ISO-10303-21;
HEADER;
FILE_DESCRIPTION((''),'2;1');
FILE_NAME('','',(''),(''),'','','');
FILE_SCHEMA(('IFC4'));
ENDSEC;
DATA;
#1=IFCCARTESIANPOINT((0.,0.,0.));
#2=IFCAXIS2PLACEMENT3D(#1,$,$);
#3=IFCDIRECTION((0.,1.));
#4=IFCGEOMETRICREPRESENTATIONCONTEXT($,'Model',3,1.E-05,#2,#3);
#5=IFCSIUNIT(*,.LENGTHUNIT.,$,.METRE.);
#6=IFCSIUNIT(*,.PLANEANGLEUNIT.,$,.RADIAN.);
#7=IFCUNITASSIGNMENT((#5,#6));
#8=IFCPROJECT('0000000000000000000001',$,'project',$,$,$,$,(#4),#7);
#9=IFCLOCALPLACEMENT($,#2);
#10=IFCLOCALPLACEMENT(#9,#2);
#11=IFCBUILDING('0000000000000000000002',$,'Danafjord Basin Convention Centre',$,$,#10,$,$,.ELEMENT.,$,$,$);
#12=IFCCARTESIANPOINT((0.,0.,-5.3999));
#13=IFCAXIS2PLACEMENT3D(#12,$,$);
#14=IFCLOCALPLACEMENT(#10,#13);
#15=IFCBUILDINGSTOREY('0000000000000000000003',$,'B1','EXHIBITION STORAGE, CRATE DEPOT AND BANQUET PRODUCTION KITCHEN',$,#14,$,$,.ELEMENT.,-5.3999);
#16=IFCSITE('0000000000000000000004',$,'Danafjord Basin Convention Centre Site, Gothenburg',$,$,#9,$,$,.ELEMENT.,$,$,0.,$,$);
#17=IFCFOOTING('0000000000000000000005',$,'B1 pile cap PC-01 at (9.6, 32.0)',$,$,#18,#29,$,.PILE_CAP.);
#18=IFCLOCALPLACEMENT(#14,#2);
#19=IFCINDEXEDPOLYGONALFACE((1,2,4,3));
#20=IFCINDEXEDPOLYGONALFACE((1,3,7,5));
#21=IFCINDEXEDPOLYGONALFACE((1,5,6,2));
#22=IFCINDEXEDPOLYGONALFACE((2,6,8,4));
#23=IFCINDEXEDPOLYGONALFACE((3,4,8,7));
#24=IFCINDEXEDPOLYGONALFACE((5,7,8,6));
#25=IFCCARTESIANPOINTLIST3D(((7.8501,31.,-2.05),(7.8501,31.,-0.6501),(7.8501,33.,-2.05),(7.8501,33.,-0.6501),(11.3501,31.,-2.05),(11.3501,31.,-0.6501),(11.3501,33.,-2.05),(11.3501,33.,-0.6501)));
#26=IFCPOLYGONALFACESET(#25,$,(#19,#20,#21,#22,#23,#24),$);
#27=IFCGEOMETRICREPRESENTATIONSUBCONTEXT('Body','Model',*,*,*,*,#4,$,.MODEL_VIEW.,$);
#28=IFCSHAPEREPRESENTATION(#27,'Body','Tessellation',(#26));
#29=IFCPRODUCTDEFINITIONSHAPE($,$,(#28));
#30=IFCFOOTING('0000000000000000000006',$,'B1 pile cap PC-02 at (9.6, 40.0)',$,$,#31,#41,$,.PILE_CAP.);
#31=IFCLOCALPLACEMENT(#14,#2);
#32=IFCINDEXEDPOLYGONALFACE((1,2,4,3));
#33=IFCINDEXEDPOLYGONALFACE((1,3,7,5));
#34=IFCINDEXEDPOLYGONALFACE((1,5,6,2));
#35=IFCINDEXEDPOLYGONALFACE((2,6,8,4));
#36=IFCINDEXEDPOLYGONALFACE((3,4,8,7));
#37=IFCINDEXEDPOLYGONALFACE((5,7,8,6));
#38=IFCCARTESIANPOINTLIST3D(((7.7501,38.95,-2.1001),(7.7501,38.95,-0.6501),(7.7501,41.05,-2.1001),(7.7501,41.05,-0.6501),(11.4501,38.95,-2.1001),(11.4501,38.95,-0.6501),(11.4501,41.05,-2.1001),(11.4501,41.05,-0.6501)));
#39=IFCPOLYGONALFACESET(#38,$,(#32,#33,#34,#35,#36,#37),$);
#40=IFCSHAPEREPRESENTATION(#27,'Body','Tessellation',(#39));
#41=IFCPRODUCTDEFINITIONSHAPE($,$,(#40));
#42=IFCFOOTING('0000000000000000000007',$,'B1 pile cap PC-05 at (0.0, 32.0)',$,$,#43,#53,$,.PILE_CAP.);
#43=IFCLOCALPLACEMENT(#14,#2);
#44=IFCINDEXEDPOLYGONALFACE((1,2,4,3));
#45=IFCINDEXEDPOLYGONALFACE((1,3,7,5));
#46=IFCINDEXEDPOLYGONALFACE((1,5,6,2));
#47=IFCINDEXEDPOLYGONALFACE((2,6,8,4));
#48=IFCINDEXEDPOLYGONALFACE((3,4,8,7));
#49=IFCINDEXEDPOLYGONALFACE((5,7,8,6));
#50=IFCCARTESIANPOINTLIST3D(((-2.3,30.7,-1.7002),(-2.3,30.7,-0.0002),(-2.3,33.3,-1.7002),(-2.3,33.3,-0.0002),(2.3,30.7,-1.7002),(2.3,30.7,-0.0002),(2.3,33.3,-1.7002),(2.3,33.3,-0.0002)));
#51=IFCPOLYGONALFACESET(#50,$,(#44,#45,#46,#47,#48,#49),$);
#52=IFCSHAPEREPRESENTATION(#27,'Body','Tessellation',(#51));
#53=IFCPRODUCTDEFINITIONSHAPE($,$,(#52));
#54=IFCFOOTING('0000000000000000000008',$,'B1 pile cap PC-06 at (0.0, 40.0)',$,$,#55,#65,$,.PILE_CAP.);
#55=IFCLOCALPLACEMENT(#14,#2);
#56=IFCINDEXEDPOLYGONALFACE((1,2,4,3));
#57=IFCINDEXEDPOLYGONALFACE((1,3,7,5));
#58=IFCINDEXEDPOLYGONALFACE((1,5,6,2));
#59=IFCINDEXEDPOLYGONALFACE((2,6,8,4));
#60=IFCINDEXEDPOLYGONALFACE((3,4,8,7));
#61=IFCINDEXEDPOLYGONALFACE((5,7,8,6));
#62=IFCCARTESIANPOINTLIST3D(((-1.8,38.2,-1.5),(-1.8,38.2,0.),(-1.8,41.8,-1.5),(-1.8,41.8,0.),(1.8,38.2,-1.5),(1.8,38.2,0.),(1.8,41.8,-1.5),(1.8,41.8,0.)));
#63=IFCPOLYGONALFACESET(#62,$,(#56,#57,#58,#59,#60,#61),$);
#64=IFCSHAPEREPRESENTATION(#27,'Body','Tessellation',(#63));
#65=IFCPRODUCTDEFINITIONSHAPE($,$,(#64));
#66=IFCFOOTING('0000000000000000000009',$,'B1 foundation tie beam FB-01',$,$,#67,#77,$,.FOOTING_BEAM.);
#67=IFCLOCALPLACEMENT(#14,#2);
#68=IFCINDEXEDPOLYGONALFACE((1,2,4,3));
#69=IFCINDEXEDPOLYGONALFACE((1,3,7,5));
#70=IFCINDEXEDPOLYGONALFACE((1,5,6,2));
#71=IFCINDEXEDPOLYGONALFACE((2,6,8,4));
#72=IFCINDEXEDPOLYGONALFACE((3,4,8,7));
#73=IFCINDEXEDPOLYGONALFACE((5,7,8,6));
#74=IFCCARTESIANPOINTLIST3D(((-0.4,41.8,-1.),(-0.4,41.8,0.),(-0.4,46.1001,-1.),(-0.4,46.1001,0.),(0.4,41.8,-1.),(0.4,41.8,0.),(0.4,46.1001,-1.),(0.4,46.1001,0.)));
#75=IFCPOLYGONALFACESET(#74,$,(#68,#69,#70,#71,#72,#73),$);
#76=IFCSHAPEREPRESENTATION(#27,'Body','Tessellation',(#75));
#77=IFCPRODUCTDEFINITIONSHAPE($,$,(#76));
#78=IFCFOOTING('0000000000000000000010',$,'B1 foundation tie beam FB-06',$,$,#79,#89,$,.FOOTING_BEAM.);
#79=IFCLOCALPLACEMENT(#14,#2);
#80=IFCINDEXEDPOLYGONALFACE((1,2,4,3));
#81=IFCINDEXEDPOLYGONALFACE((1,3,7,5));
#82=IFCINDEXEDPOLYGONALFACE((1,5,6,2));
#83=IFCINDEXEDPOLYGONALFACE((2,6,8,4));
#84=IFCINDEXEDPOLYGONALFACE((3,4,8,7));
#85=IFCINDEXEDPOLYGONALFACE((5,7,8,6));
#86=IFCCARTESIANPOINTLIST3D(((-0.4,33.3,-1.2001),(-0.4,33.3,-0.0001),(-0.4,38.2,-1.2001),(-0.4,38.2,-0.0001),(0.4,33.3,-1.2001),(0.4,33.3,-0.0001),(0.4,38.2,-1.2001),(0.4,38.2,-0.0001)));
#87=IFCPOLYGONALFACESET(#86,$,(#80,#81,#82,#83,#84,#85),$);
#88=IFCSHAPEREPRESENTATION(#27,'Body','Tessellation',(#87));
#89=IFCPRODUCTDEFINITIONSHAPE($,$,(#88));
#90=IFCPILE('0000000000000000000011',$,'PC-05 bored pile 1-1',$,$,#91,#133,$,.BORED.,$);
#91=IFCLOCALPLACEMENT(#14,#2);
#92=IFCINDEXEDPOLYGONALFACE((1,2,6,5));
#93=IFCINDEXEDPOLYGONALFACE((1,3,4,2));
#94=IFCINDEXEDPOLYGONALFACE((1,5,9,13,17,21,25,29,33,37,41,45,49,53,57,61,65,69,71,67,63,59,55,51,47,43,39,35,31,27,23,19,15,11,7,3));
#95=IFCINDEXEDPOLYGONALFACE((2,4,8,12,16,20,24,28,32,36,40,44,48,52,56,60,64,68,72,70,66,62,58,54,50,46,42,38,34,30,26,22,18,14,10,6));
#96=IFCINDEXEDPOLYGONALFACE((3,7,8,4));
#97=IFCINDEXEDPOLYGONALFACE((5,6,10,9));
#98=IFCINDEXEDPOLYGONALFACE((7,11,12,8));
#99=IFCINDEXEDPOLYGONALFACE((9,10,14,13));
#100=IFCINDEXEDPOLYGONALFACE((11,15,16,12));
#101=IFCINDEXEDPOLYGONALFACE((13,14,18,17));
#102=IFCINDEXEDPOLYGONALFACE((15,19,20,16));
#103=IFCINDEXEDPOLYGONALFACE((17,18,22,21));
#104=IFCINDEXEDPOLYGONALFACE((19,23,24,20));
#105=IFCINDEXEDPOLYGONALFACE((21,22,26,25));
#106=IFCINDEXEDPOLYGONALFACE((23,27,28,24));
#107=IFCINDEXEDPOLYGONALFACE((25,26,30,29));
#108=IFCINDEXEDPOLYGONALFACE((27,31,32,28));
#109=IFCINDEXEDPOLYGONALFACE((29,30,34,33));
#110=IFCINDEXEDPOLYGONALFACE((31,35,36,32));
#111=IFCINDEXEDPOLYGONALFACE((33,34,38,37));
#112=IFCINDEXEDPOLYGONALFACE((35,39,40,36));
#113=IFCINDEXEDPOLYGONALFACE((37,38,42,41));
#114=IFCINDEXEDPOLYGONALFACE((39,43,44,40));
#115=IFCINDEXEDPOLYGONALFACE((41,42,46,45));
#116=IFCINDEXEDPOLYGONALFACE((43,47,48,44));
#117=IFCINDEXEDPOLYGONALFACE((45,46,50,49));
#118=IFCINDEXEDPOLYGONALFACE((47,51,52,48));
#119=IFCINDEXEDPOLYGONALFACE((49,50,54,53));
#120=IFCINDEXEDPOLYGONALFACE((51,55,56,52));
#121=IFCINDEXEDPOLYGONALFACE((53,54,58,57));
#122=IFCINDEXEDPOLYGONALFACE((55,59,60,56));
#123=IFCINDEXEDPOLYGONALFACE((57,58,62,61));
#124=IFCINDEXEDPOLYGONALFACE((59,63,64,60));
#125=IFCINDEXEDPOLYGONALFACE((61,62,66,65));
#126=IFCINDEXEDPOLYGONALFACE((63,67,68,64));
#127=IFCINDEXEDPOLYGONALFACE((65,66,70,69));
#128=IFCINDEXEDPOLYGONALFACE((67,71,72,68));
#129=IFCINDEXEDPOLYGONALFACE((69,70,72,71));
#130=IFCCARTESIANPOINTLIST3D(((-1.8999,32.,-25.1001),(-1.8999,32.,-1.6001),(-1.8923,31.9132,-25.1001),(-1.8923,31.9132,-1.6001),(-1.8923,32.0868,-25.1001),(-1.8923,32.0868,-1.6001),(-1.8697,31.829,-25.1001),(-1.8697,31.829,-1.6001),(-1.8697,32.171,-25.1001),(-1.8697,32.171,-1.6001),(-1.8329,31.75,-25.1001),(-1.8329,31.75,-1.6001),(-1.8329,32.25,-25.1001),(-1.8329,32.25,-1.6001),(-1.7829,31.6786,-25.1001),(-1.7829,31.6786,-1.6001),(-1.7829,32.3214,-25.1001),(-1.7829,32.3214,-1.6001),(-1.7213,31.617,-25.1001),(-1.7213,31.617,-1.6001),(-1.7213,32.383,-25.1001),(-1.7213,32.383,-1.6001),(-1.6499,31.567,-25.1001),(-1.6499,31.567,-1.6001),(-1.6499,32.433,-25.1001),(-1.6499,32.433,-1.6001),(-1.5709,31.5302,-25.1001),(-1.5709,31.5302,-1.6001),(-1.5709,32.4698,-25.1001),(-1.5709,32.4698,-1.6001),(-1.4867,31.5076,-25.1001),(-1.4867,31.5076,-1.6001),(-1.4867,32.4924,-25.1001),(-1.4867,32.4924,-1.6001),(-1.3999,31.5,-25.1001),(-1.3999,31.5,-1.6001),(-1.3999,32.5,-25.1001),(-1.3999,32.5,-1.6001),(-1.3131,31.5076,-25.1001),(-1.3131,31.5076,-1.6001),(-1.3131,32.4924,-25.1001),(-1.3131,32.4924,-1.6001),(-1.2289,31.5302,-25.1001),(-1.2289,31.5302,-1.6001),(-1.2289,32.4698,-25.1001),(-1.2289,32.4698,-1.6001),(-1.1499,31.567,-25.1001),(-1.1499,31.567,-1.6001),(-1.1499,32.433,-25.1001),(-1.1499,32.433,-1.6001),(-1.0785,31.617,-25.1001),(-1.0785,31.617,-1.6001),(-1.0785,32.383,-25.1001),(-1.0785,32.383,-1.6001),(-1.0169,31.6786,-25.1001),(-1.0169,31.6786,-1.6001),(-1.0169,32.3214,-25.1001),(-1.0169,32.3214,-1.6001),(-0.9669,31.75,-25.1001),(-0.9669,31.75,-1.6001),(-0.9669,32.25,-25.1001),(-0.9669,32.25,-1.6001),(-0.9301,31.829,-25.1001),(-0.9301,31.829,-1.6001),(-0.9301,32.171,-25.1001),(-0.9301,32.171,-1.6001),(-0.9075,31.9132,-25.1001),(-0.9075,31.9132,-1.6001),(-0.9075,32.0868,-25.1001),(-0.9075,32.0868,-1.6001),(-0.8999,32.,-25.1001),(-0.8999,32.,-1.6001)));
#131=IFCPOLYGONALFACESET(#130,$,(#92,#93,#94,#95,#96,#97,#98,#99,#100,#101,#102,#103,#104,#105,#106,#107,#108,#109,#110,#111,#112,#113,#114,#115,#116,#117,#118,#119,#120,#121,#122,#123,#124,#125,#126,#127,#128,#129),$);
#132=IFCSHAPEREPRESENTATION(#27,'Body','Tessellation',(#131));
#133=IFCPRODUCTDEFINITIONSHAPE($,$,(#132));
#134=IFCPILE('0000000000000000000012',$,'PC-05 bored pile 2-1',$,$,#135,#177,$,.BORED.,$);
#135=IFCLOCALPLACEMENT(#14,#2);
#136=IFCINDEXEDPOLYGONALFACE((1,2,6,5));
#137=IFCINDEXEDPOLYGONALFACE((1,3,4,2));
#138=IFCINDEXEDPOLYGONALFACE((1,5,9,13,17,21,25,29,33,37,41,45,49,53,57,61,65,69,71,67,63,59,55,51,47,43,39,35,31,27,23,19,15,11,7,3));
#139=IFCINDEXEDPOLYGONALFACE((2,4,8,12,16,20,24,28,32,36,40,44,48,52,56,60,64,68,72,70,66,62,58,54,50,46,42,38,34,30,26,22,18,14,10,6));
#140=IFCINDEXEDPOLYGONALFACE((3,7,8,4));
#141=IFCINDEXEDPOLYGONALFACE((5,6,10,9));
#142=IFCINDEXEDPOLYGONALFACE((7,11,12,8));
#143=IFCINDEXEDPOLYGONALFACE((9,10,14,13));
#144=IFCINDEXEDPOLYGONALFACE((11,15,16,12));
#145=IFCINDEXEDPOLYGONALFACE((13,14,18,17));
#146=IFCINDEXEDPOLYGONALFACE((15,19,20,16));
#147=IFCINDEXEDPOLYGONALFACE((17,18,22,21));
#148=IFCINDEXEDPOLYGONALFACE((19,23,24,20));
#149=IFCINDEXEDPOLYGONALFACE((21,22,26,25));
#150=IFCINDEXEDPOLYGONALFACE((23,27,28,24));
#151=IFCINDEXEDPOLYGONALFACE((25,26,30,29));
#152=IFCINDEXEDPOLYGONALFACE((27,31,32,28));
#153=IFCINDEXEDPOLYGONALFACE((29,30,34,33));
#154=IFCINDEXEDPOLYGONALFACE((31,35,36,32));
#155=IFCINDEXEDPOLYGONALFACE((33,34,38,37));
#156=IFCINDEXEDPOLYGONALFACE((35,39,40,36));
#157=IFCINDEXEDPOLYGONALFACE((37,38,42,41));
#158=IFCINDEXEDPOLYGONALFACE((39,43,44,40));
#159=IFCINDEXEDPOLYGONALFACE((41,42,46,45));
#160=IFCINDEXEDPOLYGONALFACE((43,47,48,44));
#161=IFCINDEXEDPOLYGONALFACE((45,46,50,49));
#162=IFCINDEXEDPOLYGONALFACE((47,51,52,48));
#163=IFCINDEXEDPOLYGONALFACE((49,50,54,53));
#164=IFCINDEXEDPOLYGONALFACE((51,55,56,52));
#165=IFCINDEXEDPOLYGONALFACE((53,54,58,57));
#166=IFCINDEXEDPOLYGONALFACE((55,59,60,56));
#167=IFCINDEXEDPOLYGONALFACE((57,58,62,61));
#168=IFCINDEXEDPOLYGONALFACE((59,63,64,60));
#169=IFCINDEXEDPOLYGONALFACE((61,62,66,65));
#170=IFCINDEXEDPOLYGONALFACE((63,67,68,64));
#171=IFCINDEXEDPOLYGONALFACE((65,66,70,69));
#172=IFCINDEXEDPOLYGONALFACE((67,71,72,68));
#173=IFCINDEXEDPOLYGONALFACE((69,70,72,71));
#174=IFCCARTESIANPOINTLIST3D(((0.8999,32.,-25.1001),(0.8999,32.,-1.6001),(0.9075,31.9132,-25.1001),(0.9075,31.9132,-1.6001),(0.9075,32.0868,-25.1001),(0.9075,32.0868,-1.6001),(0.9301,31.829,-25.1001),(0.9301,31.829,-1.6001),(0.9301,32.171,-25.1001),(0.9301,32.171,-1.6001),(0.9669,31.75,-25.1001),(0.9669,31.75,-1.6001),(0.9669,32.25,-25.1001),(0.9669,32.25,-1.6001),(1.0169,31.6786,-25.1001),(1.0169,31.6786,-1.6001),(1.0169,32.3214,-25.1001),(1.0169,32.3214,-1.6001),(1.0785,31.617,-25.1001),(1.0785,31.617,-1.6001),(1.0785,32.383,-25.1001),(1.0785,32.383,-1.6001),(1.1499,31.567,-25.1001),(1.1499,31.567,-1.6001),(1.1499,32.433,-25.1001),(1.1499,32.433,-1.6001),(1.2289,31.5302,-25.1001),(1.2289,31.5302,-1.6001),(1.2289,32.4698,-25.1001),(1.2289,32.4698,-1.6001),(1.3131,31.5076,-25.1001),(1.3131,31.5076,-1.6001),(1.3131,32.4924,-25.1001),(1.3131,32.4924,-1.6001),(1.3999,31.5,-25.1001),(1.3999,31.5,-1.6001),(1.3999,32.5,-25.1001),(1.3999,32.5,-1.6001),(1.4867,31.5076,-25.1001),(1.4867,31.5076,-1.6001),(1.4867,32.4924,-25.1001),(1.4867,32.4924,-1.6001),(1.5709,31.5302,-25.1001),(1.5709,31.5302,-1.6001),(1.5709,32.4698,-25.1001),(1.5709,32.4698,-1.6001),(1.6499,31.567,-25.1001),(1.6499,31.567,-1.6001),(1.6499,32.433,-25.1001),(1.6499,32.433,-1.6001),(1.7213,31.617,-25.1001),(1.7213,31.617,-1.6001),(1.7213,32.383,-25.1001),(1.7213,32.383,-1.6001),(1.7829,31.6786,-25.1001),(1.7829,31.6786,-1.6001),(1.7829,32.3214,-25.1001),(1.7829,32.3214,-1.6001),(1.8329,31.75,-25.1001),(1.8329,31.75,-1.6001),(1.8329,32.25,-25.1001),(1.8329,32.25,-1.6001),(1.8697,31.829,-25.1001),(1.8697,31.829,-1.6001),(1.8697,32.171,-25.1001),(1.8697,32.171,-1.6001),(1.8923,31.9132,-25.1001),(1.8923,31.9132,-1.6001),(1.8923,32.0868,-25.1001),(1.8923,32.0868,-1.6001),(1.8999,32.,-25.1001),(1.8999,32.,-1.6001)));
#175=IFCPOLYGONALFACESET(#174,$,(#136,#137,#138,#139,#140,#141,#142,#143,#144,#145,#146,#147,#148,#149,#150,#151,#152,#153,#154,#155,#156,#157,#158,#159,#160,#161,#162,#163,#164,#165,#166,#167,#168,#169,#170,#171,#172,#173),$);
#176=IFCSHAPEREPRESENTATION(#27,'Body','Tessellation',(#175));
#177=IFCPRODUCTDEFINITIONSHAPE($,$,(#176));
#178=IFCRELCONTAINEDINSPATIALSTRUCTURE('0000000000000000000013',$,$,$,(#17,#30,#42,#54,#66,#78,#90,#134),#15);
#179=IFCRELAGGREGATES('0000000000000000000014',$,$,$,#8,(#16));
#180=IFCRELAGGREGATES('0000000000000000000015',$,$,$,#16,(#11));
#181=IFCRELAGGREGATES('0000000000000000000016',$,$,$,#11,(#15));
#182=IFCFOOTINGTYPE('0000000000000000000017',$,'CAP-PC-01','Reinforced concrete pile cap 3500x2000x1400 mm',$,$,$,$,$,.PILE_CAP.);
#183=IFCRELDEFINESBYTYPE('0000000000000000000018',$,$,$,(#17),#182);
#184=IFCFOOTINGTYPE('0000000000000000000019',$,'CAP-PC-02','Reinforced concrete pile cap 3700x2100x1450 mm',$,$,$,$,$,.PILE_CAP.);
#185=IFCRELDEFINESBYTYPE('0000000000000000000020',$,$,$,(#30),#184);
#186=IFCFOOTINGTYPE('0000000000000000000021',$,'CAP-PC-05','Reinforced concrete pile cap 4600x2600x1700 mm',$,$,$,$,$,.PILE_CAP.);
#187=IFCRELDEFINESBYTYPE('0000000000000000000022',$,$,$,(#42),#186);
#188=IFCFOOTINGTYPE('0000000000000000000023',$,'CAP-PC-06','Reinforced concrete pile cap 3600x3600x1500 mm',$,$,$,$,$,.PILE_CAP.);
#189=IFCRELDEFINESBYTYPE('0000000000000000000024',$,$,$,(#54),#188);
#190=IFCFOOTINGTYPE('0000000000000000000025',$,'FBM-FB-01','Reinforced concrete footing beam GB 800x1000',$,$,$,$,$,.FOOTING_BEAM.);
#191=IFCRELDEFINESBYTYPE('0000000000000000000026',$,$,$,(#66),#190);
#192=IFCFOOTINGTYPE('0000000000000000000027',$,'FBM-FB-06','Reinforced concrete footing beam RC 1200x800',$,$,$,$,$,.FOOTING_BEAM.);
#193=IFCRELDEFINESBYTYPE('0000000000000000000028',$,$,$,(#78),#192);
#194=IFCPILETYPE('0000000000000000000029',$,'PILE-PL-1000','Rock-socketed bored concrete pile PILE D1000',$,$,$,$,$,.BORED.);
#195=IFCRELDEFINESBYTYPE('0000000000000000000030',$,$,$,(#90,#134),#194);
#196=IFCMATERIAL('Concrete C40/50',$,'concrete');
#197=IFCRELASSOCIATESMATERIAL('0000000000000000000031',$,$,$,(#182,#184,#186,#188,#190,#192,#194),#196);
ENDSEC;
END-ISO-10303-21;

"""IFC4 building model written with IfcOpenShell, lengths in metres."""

from ifc_helpers import new_model, si_unit, direction, frame, origin, origin_2d, place, context, subcontext, project, spatial, rectangle, circle, extrude, material, material_profile, profile_set, type_object, element, save


model = new_model("IFC4")

# Units and contexts
model_context = context("Model", 3, precision=1e-05, world=origin(), true_north=direction((0.0, 1.0)))
body_context = subcontext(model_context, "Body", "Model", "MODEL_VIEW")
ifc_project = project(units=[si_unit("LENGTHUNIT", "METRE"), si_unit("PLANEANGLEUNIT", "RADIAN")], contexts=[model_context])

# Site, building, storey
site_placement = place(None, origin())
site = spatial("IfcSite", under=ifc_project, at=site_placement, Name="Danafjord Basin Convention Centre Site, Gothenburg", CompositionType="ELEMENT", RefElevation=0.0)
building_placement = place(site_placement, origin())
building = spatial("IfcBuilding", under=site, at=building_placement, Name="Danafjord Basin Convention Centre", CompositionType="ELEMENT")
storey_placement = place(building_placement, frame((0.0, 0.0, -5.3999)))
storey = spatial("IfcBuildingStorey", under=building, at=storey_placement, Name="B1", Description="EXHIBITION STORAGE, CRATE DEPOT AND BANQUET PRODUCTION KITCHEN", CompositionType="ELEMENT", Elevation=-5.3999)

# Footings
ifc_material_1 = material(Name="Concrete C40/50", Category="concrete")
footing_type_1 = type_object("IfcFootingType", Name="CAP-PC-01", Description="Reinforced concrete pile cap 3500x2000x1400 mm", PredefinedType="PILE_CAP", material=ifc_material_1)
footing_1_placement = place(storey_placement, frame((9.6001, 32.0, -2.05), z_axis=(0.0, 0.0, 1.0), x_axis=(1.0, 0.0, 0.0)))
element("IfcFooting", 1, at=footing_1_placement, inside=storey, type_object=footing_type_1, Name="B1 pile cap PC-01 at (9.6, 32.0)", PredefinedType="PILE_CAP", context=body_context, shape_type="SweptSolid", body=[
    extrude(rectangle(XDim=3.5, YDim=2.0, at=origin_2d()), origin(), (0.0, 0.0, 1.0), 1.3999),
])
footing_type_2 = type_object("IfcFootingType", Name="CAP-PC-02", Description="Reinforced concrete pile cap 3700x2100x1450 mm", PredefinedType="PILE_CAP", material=ifc_material_1)
footing_2_placement = place(storey_placement, frame((9.6001, 40.0, -2.1001), z_axis=(0.0, 0.0, 1.0), x_axis=(1.0, 0.0, 0.0)))
element("IfcFooting", 2, at=footing_2_placement, inside=storey, type_object=footing_type_2, Name="B1 pile cap PC-02 at (9.6, 40.0)", PredefinedType="PILE_CAP", context=body_context, shape_type="SweptSolid", body=[
    extrude(rectangle(XDim=3.7, YDim=2.1001, at=origin_2d()), origin(), (0.0, 0.0, 1.0), 1.45),
])
footing_type_3 = type_object("IfcFootingType", Name="CAP-PC-05", Description="Reinforced concrete pile cap 4600x2600x1700 mm", PredefinedType="PILE_CAP", material=ifc_material_1)
footing_3_placement = place(storey_placement, frame((0.0, 32.0, -1.7002), z_axis=(0.0, 0.0, 1.0), x_axis=(1.0, 0.0, 0.0)))
element("IfcFooting", 3, at=footing_3_placement, inside=storey, type_object=footing_type_3, Name="B1 pile cap PC-05 at (0.0, 32.0)", PredefinedType="PILE_CAP", context=body_context, shape_type="SweptSolid", body=[
    extrude(rectangle(XDim=4.6001, YDim=2.6001, at=origin_2d()), origin(), (0.0, 0.0, 1.0), 1.7),
])
footing_type_4 = type_object("IfcFootingType", Name="CAP-PC-06", Description="Reinforced concrete pile cap 3600x3600x1500 mm", PredefinedType="PILE_CAP", material=ifc_material_1)
footing_4_placement = place(storey_placement, frame((0.0, 40.0, -1.5), z_axis=(0.0, 0.0, 1.0), x_axis=(1.0, 0.0, 0.0)))
element("IfcFooting", 4, at=footing_4_placement, inside=storey, type_object=footing_type_4, Name="B1 pile cap PC-06 at (0.0, 40.0)", PredefinedType="PILE_CAP", context=body_context, shape_type="SweptSolid", body=[
    extrude(rectangle(XDim=3.6001, YDim=3.6001, at=origin_2d()), origin(), (0.0, 0.0, 1.0), 1.5),
])
ifc_material_profile_1 = material_profile(ifc_material_1, rectangle(XDim=0.8, YDim=1.0, at=origin_2d()), Name="GB 800x1000")
ifc_profile_set_1 = profile_set([ifc_material_profile_1], Name="Concrete C40/50")
footing_type_5 = type_object("IfcFootingType", Name="FBM-FB-01", Description="Reinforced concrete footing beam GB 800x1000", PredefinedType="FOOTING_BEAM", material=ifc_profile_set_1)
footing_5_placement = place(storey_placement, frame((0.0, 41.8, -0.5), z_axis=(0.0, 1.0, 0.0), x_axis=(-1.0, 0.0, 0.0)))
element("IfcFooting", 5, at=footing_5_placement, inside=storey, type_object=footing_type_5, Name="B1 foundation tie beam FB-01", PredefinedType="FOOTING_BEAM", context=body_context, shape_type="SweptSolid", body=[
    extrude(rectangle(XDim=0.8, YDim=1.0, at=origin_2d()), origin(), (0.0, 0.0, 1.0), 4.3),
])
ifc_material_profile_2 = material_profile(ifc_material_1, rectangle(XDim=0.8, YDim=1.2, at=origin_2d()), Name="RC 1200x800")
ifc_profile_set_2 = profile_set([ifc_material_profile_2], Name="Concrete C40/50")
footing_type_6 = type_object("IfcFootingType", Name="FBM-FB-06", Description="Reinforced concrete footing beam RC 1200x800", PredefinedType="FOOTING_BEAM", material=ifc_profile_set_2)
footing_6_placement = place(storey_placement, frame((0.0, 33.3, -0.6001), z_axis=(0.0, 1.0, 0.0), x_axis=(-1.0, 0.0, 0.0)))
element("IfcFooting", 6, at=footing_6_placement, inside=storey, type_object=footing_type_6, Name="B1 foundation tie beam FB-06", PredefinedType="FOOTING_BEAM", context=body_context, shape_type="SweptSolid", body=[
    extrude(rectangle(XDim=0.8, YDim=1.2, at=origin_2d()), origin(), (0.0, 0.0, 1.0), 4.8999),
])

# Piles
ifc_material_profile_3 = material_profile(ifc_material_1, circle(Radius=0.5, at=origin_2d()), Name="PILE D1000")
ifc_profile_set_3 = profile_set([ifc_material_profile_3], Name="Concrete C40/50")
pile_type_1 = type_object("IfcPileType", Name="PILE-PL-1000", Description="Rock-socketed bored concrete pile PILE D1000", PredefinedType="BORED", material=ifc_profile_set_3)
for number, where, z_axis, x_axis, name in (
    (7, (-1.3999, 32.0, -1.6001), (0.0, 0.0, -1.0), (1.0, 0.0, 0.0), "PC-05 bored pile 1-1"),
    (8, (1.3999, 32.0, -1.6001), (0.0, 0.0, -1.0), (1.0, 0.0, 0.0), "PC-05 bored pile 2-1"),
):
    element("IfcPile", number, at=place(storey_placement, frame(where, z_axis=z_axis, x_axis=x_axis)), inside=storey, type_object=pile_type_1, Name=name, PredefinedType="BORED", context=body_context, shape_type="SweptSolid", body=[
        extrude(circle(Radius=0.5, at=origin_2d()), origin(), (0.0, 0.0, 1.0), 23.5),
    ])

save(model, "model.ifc")
